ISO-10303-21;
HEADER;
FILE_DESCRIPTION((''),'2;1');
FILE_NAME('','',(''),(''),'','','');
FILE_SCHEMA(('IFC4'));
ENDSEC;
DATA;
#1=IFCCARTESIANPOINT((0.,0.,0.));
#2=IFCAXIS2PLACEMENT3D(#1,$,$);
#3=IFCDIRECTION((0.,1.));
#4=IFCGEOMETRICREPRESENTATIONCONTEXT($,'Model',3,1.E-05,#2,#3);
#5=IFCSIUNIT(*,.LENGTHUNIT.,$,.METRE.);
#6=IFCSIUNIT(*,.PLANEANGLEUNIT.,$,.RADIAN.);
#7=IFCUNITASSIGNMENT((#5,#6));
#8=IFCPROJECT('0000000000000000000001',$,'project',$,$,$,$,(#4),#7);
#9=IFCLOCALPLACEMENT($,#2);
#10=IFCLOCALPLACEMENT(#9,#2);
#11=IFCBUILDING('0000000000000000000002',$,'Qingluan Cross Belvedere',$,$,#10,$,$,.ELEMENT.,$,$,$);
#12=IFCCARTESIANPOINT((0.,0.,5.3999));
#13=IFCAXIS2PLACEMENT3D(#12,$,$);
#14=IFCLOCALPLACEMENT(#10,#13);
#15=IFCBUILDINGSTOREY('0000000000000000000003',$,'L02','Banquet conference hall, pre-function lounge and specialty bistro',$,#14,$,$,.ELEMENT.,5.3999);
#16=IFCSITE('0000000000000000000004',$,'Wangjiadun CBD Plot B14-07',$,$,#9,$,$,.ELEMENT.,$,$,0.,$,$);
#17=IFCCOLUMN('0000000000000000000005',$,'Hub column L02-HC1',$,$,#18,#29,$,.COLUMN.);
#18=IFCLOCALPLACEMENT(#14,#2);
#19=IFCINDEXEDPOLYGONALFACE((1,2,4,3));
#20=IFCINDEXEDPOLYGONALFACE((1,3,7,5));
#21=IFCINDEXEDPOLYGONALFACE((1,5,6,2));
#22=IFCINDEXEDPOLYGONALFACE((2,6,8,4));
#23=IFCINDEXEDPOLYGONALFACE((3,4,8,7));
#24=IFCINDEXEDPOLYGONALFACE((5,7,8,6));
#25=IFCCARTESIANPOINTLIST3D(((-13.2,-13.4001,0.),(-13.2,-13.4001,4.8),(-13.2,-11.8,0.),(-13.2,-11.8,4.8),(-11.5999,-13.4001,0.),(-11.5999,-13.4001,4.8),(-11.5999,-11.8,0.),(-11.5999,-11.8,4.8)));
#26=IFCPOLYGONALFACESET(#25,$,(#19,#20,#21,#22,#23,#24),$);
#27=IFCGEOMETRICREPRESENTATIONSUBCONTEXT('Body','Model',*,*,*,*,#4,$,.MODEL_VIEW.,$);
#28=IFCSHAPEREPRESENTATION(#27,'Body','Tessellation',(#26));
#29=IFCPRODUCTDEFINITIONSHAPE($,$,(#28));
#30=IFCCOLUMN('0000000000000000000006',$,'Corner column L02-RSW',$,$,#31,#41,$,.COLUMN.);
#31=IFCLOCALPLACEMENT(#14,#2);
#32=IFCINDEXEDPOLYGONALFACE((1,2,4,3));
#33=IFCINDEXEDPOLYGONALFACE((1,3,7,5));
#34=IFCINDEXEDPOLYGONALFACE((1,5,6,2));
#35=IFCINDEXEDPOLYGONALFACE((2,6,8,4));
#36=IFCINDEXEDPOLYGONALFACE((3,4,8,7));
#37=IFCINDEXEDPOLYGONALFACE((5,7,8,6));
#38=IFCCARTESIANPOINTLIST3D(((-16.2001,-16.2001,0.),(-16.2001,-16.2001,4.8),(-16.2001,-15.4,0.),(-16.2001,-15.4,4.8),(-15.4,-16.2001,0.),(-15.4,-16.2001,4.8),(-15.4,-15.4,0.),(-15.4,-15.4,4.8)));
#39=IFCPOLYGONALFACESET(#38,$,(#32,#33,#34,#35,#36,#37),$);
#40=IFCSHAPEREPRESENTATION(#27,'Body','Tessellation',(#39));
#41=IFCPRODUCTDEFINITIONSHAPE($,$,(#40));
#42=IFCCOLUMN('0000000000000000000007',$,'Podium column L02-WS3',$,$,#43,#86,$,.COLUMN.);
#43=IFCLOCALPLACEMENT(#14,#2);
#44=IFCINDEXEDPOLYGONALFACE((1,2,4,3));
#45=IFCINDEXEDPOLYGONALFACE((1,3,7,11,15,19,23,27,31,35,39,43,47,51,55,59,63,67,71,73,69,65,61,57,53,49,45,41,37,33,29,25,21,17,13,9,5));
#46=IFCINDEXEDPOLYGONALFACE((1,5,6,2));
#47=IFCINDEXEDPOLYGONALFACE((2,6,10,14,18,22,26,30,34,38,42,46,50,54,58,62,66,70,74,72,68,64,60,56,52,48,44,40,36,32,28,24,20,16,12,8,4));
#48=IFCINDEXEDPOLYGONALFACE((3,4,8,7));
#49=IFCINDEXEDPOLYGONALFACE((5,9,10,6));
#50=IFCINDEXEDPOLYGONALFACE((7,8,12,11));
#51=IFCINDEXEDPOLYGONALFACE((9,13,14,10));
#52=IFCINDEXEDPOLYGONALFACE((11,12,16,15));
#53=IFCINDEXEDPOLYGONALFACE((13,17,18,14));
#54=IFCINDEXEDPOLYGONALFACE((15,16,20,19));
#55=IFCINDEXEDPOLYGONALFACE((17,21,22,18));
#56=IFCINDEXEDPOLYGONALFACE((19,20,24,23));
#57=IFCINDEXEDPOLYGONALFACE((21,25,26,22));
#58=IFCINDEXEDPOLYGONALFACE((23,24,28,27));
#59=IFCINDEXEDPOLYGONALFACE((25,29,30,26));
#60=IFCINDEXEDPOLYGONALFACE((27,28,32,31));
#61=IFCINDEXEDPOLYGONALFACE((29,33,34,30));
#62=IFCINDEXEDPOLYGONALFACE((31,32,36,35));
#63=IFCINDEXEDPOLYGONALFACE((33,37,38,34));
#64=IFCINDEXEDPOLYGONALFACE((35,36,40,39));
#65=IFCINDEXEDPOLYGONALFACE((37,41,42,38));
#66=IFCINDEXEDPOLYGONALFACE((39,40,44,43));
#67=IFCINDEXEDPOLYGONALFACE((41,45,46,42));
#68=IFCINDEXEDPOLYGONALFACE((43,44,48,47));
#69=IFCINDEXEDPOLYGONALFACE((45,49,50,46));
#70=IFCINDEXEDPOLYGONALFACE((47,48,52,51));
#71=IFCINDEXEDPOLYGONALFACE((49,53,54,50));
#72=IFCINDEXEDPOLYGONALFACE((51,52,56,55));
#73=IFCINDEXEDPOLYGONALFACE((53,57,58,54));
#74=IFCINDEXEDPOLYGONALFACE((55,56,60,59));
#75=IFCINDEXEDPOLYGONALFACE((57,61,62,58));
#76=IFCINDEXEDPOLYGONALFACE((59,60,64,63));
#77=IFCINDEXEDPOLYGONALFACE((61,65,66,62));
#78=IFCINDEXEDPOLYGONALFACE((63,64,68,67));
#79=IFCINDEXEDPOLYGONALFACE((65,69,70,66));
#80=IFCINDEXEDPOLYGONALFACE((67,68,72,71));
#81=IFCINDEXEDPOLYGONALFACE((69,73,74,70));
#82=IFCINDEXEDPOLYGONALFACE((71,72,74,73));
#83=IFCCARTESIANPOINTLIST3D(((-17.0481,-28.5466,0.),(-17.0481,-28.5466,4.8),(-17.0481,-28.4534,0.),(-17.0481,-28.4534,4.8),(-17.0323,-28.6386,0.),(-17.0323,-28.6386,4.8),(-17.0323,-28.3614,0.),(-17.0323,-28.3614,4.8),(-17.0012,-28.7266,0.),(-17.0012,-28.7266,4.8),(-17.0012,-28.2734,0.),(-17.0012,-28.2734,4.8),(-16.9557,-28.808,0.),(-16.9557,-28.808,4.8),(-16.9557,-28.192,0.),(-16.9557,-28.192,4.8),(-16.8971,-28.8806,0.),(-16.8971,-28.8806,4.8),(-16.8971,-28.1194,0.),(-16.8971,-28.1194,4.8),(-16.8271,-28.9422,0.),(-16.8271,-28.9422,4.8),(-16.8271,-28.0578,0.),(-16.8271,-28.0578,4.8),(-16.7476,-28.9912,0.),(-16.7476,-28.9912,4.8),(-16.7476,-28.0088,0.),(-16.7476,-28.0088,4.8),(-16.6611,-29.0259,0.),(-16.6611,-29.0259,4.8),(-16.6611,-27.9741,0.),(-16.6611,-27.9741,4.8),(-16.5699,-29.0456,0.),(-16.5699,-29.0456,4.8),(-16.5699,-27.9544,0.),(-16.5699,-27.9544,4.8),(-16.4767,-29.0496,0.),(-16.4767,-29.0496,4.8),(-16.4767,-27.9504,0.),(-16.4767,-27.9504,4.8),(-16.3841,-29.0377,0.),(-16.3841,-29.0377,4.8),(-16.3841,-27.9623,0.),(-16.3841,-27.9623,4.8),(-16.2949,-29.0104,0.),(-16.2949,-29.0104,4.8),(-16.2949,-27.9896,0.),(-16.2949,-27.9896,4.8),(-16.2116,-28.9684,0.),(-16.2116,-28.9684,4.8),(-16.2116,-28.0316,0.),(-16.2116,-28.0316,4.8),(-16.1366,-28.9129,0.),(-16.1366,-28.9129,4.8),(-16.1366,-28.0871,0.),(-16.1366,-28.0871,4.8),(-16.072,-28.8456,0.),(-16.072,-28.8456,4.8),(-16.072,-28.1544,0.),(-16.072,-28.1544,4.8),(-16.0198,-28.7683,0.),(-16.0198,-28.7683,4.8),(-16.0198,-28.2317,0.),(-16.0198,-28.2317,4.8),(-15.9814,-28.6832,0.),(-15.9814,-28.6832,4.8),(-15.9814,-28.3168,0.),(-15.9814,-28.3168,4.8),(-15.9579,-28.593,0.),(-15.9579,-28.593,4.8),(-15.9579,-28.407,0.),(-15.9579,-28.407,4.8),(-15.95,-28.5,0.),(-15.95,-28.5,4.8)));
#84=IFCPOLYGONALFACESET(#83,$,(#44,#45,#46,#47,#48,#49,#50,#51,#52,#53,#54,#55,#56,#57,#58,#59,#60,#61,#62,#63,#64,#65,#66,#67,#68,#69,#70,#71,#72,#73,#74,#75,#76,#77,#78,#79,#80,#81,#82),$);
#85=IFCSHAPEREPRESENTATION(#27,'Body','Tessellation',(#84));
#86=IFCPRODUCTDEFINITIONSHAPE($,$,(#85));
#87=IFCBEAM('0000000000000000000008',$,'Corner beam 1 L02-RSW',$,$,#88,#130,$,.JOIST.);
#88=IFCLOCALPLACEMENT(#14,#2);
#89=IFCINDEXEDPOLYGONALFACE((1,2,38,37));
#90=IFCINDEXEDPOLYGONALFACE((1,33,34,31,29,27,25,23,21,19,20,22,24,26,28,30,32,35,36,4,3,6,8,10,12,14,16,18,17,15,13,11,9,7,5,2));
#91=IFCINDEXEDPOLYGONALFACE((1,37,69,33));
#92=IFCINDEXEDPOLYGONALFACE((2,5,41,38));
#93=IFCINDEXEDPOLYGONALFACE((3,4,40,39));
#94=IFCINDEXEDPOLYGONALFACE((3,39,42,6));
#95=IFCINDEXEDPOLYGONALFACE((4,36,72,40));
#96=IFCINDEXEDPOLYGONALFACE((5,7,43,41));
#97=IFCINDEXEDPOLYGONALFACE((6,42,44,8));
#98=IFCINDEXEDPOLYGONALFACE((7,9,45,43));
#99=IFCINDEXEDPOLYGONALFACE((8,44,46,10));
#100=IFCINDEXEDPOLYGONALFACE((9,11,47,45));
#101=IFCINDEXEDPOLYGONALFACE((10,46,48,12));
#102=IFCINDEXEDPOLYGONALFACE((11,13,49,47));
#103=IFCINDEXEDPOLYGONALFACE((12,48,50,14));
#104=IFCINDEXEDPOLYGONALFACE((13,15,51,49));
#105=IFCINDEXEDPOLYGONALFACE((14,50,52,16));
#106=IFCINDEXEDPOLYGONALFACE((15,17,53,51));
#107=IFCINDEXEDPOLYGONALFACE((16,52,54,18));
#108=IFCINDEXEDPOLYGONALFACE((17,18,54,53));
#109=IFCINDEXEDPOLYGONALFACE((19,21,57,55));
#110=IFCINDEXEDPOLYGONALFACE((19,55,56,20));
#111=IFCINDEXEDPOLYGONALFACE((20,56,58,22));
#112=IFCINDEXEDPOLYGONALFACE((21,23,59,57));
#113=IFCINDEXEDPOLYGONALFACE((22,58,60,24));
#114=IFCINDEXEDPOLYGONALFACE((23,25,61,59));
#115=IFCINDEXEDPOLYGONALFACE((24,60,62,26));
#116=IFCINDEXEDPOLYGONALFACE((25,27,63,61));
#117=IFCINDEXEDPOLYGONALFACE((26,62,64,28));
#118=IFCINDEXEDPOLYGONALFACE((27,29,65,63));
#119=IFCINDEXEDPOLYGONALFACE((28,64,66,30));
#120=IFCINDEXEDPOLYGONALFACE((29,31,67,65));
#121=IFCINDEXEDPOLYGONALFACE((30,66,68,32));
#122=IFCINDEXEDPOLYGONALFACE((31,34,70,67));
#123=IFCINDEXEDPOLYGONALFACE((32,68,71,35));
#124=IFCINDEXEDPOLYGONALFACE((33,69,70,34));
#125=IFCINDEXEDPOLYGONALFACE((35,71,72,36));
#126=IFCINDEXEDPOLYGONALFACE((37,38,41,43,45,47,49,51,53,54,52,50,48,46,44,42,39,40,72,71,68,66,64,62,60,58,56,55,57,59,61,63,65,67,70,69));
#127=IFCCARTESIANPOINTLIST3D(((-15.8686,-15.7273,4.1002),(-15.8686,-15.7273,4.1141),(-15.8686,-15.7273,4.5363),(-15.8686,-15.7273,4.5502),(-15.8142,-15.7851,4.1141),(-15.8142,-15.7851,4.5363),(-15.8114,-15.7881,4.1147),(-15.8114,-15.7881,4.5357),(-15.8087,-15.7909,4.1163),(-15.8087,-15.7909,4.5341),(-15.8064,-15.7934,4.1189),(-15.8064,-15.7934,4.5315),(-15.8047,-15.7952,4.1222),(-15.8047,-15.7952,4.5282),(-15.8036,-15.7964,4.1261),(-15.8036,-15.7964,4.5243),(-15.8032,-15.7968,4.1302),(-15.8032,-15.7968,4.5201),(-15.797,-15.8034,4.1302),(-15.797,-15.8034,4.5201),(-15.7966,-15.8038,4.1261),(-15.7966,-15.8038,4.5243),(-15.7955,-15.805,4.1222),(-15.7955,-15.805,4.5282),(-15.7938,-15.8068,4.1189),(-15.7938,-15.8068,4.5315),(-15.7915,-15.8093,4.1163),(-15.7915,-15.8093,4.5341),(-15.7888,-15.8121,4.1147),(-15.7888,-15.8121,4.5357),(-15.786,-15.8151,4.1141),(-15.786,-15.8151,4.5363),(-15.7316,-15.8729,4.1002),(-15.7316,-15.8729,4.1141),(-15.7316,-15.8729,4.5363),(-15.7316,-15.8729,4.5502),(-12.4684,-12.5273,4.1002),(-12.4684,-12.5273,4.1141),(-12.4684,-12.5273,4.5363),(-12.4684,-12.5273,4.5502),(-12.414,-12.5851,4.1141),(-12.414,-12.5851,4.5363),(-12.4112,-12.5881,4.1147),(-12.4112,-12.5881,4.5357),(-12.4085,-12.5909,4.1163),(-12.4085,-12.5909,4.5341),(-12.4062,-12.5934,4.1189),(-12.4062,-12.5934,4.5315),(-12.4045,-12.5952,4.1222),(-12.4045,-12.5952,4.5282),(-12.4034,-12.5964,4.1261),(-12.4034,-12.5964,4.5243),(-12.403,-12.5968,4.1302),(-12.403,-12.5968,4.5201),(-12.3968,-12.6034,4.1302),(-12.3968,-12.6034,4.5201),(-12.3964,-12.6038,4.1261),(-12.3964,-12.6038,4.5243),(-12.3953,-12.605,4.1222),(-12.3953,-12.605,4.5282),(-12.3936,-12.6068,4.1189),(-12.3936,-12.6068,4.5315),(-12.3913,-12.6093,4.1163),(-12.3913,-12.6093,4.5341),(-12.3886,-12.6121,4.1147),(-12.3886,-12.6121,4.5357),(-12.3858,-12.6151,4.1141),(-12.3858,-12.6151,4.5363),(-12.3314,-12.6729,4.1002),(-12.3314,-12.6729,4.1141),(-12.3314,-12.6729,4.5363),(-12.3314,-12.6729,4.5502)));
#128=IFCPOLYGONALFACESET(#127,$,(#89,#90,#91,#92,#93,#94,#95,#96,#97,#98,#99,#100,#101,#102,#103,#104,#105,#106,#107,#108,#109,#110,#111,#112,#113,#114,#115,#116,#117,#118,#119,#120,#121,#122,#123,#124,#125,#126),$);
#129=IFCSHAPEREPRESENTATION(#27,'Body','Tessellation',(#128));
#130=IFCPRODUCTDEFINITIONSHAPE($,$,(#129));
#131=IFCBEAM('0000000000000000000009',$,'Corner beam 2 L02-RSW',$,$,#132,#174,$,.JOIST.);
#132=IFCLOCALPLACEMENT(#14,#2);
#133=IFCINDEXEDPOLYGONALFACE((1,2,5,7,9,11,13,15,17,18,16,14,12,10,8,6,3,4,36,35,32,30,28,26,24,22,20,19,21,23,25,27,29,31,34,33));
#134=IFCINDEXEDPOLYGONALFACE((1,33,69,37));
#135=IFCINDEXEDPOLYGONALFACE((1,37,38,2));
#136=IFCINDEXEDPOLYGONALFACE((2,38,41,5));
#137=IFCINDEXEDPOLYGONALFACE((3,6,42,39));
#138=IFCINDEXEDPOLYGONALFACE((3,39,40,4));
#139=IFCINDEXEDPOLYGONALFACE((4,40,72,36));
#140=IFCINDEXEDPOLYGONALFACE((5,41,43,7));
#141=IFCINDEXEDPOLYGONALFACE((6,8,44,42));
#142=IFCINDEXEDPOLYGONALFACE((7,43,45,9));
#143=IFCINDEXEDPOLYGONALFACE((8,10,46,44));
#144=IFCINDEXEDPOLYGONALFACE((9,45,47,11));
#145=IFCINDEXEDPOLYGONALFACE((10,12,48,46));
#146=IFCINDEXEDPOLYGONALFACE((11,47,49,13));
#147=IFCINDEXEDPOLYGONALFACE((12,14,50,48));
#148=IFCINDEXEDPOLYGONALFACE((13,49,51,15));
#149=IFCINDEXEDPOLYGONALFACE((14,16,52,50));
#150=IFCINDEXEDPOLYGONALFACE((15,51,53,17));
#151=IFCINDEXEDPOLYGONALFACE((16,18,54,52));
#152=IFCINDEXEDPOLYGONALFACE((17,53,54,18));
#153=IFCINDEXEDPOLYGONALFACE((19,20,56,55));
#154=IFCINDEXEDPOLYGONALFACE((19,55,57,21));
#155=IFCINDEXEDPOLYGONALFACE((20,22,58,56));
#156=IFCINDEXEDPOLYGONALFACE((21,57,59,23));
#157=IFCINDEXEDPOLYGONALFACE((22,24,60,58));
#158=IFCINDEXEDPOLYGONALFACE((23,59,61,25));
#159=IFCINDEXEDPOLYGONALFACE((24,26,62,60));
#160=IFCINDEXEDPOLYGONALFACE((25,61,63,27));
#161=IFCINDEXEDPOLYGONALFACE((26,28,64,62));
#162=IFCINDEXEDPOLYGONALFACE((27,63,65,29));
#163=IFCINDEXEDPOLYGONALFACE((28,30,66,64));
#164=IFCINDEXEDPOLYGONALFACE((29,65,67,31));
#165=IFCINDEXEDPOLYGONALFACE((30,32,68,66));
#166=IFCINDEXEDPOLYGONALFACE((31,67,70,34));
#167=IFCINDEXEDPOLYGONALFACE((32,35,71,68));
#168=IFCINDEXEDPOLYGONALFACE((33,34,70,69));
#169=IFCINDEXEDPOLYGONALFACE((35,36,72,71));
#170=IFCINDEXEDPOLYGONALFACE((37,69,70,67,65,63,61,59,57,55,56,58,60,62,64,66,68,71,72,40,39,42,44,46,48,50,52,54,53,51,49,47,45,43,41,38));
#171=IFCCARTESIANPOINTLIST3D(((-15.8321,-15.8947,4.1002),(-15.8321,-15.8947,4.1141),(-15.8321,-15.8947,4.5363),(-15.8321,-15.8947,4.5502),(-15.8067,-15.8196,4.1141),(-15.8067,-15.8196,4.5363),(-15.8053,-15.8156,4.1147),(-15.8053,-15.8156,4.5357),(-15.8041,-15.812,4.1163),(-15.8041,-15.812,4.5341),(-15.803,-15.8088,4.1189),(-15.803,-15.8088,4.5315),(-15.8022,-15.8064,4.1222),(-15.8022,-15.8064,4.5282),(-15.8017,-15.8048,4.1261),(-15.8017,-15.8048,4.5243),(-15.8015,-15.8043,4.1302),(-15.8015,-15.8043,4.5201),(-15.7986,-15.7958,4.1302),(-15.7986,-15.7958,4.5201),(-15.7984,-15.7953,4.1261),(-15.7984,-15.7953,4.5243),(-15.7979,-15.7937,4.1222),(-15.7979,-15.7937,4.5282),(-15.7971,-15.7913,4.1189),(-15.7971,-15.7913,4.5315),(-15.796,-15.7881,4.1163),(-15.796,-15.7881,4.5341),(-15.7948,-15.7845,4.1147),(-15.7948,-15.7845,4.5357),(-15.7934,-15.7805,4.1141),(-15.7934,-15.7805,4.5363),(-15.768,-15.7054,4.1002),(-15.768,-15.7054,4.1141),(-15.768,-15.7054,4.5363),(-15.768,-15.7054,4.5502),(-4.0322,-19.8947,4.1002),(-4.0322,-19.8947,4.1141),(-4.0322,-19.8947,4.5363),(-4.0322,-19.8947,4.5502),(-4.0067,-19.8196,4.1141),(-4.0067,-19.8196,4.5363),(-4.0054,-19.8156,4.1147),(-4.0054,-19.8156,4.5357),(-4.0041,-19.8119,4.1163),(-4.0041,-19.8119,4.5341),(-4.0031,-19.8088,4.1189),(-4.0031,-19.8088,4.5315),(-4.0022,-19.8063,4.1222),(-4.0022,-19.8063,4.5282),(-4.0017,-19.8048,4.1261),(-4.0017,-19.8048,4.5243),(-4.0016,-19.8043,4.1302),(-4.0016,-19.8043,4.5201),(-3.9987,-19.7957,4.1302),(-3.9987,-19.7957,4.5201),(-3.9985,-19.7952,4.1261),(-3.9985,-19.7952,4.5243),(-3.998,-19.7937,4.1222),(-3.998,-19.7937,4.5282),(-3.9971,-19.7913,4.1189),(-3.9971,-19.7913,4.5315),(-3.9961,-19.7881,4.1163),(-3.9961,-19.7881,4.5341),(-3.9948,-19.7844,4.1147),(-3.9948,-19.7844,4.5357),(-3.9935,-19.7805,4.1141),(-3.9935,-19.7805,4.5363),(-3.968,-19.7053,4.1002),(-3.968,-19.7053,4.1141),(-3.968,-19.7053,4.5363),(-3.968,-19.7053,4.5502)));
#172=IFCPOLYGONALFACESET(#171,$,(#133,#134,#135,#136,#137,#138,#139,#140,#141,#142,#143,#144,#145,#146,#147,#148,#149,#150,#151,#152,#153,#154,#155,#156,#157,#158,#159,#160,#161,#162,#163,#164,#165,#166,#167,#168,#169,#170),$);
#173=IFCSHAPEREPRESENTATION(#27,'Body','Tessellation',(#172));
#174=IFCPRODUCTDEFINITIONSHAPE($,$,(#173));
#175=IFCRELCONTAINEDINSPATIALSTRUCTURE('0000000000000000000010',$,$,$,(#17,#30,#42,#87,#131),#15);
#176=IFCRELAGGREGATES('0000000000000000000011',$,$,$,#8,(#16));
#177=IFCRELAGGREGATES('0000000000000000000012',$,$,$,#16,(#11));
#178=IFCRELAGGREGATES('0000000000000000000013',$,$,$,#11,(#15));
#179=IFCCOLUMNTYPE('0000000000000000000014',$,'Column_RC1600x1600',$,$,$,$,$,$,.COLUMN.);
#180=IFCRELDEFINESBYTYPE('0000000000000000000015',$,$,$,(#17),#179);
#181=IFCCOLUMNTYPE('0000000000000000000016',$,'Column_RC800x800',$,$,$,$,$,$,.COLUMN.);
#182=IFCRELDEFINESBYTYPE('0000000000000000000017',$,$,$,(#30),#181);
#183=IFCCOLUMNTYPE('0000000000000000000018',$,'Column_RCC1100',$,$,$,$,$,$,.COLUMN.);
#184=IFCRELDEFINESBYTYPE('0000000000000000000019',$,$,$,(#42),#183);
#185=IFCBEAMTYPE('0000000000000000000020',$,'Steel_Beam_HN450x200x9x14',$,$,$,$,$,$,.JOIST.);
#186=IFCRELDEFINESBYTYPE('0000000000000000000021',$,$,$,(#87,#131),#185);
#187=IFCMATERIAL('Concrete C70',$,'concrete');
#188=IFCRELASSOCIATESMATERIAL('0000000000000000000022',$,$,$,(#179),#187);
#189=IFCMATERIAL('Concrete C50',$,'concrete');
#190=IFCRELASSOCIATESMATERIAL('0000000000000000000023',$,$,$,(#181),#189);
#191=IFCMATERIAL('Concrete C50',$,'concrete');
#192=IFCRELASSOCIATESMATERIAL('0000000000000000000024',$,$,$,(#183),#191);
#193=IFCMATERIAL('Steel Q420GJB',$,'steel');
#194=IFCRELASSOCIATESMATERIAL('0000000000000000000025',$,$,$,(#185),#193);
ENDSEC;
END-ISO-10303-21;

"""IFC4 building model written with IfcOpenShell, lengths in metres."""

from ifc_helpers import new_model, si_unit, direction, frame, origin, origin_2d, place, context, subcontext, project, spatial, rectangle, circle, i_section, extrude, material, material_profile, profile_set, type_object, element, save


model = new_model("IFC4")

# Units and contexts
model_context = context("Model", 3, precision=1e-05, world=origin(), true_north=direction((0.0, 1.0)))
body_context = subcontext(model_context, "Body", "Model", "MODEL_VIEW")
ifc_project = project(units=[si_unit("LENGTHUNIT", "METRE"), si_unit("PLANEANGLEUNIT", "RADIAN")], contexts=[model_context])

# Site, building, storey
site_placement = place(None, origin())
site = spatial("IfcSite", under=ifc_project, at=site_placement, Name="Wangjiadun CBD Plot B14-07", CompositionType="ELEMENT", RefElevation=0.0)
building_placement = place(site_placement, origin())
building = spatial("IfcBuilding", under=site, at=building_placement, Name="Qingluan Cross Belvedere", CompositionType="ELEMENT")
storey_placement = place(building_placement, frame((0.0, 0.0, 5.3999)))
storey = spatial("IfcBuildingStorey", under=building, at=storey_placement, Name="L02", Description="Banquet conference hall, pre-function lounge and specialty bistro", CompositionType="ELEMENT", Elevation=5.3999)

# Columns
ifc_material_1 = material(Name="Concrete C70", Category="concrete")
ifc_material_profile_1 = material_profile(ifc_material_1, rectangle(XDim=1.6001, YDim=1.6001, at=origin_2d()), Name="RC1600x1600")
ifc_profile_set_1 = profile_set([ifc_material_profile_1], Name="Concrete C70")
column_type_1 = type_object("IfcColumnType", Name="Column_RC1600x1600", PredefinedType="COLUMN", material=ifc_profile_set_1)
column_1_placement = place(storey_placement, frame((-12.3999, -12.6001, 0.0), z_axis=(0.0, 0.0, 1.0), x_axis=(1.0, 0.0, 0.0)))
element("IfcColumn", 1, at=column_1_placement, inside=storey, type_object=column_type_1, Name="Hub column L02-HC1", PredefinedType="COLUMN", context=body_context, shape_type="SweptSolid", body=[
    extrude(rectangle(XDim=1.6001, YDim=1.6001, at=origin_2d()), origin(), (0.0, 0.0, 1.0), 4.8),
])
ifc_material_2 = material(Name="Concrete C50", Category="concrete")
ifc_material_profile_2 = material_profile(ifc_material_2, rectangle(XDim=0.8, YDim=0.8, at=origin_2d()), Name="RC800x800")
ifc_profile_set_2 = profile_set([ifc_material_profile_2], Name="Concrete C50")
column_type_2 = type_object("IfcColumnType", Name="Column_RC800x800", PredefinedType="COLUMN", material=ifc_profile_set_2)
column_2_placement = place(storey_placement, frame((-15.8, -15.8, 0.0), z_axis=(0.0, 0.0, 1.0), x_axis=(1.0, 0.0, 0.0)))
element("IfcColumn", 2, at=column_2_placement, inside=storey, type_object=column_type_2, Name="Corner column L02-RSW", PredefinedType="COLUMN", context=body_context, shape_type="SweptSolid", body=[
    extrude(rectangle(XDim=0.8, YDim=0.8, at=origin_2d()), origin(), (0.0, 0.0, 1.0), 4.8),
])
ifc_material_3 = material(Name="Concrete C50", Category="concrete")
ifc_material_profile_3 = material_profile(ifc_material_3, circle(Radius=0.55, at=origin_2d()), Name="RCC1100")
ifc_profile_set_3 = profile_set([ifc_material_profile_3], Name="Concrete C50")
column_type_3 = type_object("IfcColumnType", Name="Column_RCC1100", PredefinedType="COLUMN", material=ifc_profile_set_3)
column_3_placement = place(storey_placement, frame((-16.5, -28.5, 0.0), z_axis=(0.0, 0.0, 1.0), x_axis=(1.0, 0.0, 0.0)))
element("IfcColumn", 3, at=column_3_placement, inside=storey, type_object=column_type_3, Name="Podium column L02-WS3", PredefinedType="COLUMN", context=body_context, shape_type="SweptSolid", body=[
    extrude(circle(Radius=0.55, at=origin_2d()), origin(), (0.0, 0.0, 1.0), 4.8),
])

# Beams
ifc_material_4 = material(Name="Steel Q420GJB", Category="steel")
ifc_material_profile_4 = material_profile(ifc_material_4, i_section(OverallWidth=0.2, OverallDepth=0.45, WebThickness=0.009, FlangeThickness=0.0139, FilletRadius=0.0161, at=origin_2d()), Name="HN450x200x9x14")
ifc_profile_set_4 = profile_set([ifc_material_profile_4], Name="Steel Q420GJB")
beam_type_1 = type_object("IfcBeamType", Name="Steel_Beam_HN450x200x9x14", PredefinedType="JOIST", material=ifc_profile_set_4)
beam_1_placement = place(storey_placement, frame((-12.3999, -12.6001, 4.3252), z_axis=(-0.72822, -0.685343, 0.0), x_axis=(0.685343, -0.72822, 0.0)))
element("IfcBeam", 4, at=beam_1_placement, inside=storey, type_object=beam_type_1, Name="Corner beam 1 L02-RSW", PredefinedType="JOIST", context=body_context, shape_type="SweptSolid", body=[
    extrude(i_section(OverallWidth=0.2, OverallDepth=0.45, WebThickness=0.009, FlangeThickness=0.0139, FilletRadius=0.0161, at=origin_2d()), origin(), (0.0, 0.0, 1.0), 4.6692),
])
for number, where, z_axis, x_axis, name in (
    (5, (-15.8, -15.8, 4.3252), (0.947066, -0.321038, 0.0), (0.321038, 0.947066, 0.0), "Corner beam 2 L02-RSW"),
):
    element("IfcBeam", number, at=place(storey_placement, frame(where, z_axis=z_axis, x_axis=x_axis)), inside=storey, type_object=beam_type_1, Name=name, PredefinedType="JOIST", context=body_context, shape_type="SweptSolid", body=[
        extrude(i_section(OverallWidth=0.2, OverallDepth=0.45, WebThickness=0.009, FlangeThickness=0.0139, FilletRadius=0.0161, at=origin_2d()), origin(), (0.0, 0.0, 1.0), 12.4595),
    ])

save(model, "model.ifc")
